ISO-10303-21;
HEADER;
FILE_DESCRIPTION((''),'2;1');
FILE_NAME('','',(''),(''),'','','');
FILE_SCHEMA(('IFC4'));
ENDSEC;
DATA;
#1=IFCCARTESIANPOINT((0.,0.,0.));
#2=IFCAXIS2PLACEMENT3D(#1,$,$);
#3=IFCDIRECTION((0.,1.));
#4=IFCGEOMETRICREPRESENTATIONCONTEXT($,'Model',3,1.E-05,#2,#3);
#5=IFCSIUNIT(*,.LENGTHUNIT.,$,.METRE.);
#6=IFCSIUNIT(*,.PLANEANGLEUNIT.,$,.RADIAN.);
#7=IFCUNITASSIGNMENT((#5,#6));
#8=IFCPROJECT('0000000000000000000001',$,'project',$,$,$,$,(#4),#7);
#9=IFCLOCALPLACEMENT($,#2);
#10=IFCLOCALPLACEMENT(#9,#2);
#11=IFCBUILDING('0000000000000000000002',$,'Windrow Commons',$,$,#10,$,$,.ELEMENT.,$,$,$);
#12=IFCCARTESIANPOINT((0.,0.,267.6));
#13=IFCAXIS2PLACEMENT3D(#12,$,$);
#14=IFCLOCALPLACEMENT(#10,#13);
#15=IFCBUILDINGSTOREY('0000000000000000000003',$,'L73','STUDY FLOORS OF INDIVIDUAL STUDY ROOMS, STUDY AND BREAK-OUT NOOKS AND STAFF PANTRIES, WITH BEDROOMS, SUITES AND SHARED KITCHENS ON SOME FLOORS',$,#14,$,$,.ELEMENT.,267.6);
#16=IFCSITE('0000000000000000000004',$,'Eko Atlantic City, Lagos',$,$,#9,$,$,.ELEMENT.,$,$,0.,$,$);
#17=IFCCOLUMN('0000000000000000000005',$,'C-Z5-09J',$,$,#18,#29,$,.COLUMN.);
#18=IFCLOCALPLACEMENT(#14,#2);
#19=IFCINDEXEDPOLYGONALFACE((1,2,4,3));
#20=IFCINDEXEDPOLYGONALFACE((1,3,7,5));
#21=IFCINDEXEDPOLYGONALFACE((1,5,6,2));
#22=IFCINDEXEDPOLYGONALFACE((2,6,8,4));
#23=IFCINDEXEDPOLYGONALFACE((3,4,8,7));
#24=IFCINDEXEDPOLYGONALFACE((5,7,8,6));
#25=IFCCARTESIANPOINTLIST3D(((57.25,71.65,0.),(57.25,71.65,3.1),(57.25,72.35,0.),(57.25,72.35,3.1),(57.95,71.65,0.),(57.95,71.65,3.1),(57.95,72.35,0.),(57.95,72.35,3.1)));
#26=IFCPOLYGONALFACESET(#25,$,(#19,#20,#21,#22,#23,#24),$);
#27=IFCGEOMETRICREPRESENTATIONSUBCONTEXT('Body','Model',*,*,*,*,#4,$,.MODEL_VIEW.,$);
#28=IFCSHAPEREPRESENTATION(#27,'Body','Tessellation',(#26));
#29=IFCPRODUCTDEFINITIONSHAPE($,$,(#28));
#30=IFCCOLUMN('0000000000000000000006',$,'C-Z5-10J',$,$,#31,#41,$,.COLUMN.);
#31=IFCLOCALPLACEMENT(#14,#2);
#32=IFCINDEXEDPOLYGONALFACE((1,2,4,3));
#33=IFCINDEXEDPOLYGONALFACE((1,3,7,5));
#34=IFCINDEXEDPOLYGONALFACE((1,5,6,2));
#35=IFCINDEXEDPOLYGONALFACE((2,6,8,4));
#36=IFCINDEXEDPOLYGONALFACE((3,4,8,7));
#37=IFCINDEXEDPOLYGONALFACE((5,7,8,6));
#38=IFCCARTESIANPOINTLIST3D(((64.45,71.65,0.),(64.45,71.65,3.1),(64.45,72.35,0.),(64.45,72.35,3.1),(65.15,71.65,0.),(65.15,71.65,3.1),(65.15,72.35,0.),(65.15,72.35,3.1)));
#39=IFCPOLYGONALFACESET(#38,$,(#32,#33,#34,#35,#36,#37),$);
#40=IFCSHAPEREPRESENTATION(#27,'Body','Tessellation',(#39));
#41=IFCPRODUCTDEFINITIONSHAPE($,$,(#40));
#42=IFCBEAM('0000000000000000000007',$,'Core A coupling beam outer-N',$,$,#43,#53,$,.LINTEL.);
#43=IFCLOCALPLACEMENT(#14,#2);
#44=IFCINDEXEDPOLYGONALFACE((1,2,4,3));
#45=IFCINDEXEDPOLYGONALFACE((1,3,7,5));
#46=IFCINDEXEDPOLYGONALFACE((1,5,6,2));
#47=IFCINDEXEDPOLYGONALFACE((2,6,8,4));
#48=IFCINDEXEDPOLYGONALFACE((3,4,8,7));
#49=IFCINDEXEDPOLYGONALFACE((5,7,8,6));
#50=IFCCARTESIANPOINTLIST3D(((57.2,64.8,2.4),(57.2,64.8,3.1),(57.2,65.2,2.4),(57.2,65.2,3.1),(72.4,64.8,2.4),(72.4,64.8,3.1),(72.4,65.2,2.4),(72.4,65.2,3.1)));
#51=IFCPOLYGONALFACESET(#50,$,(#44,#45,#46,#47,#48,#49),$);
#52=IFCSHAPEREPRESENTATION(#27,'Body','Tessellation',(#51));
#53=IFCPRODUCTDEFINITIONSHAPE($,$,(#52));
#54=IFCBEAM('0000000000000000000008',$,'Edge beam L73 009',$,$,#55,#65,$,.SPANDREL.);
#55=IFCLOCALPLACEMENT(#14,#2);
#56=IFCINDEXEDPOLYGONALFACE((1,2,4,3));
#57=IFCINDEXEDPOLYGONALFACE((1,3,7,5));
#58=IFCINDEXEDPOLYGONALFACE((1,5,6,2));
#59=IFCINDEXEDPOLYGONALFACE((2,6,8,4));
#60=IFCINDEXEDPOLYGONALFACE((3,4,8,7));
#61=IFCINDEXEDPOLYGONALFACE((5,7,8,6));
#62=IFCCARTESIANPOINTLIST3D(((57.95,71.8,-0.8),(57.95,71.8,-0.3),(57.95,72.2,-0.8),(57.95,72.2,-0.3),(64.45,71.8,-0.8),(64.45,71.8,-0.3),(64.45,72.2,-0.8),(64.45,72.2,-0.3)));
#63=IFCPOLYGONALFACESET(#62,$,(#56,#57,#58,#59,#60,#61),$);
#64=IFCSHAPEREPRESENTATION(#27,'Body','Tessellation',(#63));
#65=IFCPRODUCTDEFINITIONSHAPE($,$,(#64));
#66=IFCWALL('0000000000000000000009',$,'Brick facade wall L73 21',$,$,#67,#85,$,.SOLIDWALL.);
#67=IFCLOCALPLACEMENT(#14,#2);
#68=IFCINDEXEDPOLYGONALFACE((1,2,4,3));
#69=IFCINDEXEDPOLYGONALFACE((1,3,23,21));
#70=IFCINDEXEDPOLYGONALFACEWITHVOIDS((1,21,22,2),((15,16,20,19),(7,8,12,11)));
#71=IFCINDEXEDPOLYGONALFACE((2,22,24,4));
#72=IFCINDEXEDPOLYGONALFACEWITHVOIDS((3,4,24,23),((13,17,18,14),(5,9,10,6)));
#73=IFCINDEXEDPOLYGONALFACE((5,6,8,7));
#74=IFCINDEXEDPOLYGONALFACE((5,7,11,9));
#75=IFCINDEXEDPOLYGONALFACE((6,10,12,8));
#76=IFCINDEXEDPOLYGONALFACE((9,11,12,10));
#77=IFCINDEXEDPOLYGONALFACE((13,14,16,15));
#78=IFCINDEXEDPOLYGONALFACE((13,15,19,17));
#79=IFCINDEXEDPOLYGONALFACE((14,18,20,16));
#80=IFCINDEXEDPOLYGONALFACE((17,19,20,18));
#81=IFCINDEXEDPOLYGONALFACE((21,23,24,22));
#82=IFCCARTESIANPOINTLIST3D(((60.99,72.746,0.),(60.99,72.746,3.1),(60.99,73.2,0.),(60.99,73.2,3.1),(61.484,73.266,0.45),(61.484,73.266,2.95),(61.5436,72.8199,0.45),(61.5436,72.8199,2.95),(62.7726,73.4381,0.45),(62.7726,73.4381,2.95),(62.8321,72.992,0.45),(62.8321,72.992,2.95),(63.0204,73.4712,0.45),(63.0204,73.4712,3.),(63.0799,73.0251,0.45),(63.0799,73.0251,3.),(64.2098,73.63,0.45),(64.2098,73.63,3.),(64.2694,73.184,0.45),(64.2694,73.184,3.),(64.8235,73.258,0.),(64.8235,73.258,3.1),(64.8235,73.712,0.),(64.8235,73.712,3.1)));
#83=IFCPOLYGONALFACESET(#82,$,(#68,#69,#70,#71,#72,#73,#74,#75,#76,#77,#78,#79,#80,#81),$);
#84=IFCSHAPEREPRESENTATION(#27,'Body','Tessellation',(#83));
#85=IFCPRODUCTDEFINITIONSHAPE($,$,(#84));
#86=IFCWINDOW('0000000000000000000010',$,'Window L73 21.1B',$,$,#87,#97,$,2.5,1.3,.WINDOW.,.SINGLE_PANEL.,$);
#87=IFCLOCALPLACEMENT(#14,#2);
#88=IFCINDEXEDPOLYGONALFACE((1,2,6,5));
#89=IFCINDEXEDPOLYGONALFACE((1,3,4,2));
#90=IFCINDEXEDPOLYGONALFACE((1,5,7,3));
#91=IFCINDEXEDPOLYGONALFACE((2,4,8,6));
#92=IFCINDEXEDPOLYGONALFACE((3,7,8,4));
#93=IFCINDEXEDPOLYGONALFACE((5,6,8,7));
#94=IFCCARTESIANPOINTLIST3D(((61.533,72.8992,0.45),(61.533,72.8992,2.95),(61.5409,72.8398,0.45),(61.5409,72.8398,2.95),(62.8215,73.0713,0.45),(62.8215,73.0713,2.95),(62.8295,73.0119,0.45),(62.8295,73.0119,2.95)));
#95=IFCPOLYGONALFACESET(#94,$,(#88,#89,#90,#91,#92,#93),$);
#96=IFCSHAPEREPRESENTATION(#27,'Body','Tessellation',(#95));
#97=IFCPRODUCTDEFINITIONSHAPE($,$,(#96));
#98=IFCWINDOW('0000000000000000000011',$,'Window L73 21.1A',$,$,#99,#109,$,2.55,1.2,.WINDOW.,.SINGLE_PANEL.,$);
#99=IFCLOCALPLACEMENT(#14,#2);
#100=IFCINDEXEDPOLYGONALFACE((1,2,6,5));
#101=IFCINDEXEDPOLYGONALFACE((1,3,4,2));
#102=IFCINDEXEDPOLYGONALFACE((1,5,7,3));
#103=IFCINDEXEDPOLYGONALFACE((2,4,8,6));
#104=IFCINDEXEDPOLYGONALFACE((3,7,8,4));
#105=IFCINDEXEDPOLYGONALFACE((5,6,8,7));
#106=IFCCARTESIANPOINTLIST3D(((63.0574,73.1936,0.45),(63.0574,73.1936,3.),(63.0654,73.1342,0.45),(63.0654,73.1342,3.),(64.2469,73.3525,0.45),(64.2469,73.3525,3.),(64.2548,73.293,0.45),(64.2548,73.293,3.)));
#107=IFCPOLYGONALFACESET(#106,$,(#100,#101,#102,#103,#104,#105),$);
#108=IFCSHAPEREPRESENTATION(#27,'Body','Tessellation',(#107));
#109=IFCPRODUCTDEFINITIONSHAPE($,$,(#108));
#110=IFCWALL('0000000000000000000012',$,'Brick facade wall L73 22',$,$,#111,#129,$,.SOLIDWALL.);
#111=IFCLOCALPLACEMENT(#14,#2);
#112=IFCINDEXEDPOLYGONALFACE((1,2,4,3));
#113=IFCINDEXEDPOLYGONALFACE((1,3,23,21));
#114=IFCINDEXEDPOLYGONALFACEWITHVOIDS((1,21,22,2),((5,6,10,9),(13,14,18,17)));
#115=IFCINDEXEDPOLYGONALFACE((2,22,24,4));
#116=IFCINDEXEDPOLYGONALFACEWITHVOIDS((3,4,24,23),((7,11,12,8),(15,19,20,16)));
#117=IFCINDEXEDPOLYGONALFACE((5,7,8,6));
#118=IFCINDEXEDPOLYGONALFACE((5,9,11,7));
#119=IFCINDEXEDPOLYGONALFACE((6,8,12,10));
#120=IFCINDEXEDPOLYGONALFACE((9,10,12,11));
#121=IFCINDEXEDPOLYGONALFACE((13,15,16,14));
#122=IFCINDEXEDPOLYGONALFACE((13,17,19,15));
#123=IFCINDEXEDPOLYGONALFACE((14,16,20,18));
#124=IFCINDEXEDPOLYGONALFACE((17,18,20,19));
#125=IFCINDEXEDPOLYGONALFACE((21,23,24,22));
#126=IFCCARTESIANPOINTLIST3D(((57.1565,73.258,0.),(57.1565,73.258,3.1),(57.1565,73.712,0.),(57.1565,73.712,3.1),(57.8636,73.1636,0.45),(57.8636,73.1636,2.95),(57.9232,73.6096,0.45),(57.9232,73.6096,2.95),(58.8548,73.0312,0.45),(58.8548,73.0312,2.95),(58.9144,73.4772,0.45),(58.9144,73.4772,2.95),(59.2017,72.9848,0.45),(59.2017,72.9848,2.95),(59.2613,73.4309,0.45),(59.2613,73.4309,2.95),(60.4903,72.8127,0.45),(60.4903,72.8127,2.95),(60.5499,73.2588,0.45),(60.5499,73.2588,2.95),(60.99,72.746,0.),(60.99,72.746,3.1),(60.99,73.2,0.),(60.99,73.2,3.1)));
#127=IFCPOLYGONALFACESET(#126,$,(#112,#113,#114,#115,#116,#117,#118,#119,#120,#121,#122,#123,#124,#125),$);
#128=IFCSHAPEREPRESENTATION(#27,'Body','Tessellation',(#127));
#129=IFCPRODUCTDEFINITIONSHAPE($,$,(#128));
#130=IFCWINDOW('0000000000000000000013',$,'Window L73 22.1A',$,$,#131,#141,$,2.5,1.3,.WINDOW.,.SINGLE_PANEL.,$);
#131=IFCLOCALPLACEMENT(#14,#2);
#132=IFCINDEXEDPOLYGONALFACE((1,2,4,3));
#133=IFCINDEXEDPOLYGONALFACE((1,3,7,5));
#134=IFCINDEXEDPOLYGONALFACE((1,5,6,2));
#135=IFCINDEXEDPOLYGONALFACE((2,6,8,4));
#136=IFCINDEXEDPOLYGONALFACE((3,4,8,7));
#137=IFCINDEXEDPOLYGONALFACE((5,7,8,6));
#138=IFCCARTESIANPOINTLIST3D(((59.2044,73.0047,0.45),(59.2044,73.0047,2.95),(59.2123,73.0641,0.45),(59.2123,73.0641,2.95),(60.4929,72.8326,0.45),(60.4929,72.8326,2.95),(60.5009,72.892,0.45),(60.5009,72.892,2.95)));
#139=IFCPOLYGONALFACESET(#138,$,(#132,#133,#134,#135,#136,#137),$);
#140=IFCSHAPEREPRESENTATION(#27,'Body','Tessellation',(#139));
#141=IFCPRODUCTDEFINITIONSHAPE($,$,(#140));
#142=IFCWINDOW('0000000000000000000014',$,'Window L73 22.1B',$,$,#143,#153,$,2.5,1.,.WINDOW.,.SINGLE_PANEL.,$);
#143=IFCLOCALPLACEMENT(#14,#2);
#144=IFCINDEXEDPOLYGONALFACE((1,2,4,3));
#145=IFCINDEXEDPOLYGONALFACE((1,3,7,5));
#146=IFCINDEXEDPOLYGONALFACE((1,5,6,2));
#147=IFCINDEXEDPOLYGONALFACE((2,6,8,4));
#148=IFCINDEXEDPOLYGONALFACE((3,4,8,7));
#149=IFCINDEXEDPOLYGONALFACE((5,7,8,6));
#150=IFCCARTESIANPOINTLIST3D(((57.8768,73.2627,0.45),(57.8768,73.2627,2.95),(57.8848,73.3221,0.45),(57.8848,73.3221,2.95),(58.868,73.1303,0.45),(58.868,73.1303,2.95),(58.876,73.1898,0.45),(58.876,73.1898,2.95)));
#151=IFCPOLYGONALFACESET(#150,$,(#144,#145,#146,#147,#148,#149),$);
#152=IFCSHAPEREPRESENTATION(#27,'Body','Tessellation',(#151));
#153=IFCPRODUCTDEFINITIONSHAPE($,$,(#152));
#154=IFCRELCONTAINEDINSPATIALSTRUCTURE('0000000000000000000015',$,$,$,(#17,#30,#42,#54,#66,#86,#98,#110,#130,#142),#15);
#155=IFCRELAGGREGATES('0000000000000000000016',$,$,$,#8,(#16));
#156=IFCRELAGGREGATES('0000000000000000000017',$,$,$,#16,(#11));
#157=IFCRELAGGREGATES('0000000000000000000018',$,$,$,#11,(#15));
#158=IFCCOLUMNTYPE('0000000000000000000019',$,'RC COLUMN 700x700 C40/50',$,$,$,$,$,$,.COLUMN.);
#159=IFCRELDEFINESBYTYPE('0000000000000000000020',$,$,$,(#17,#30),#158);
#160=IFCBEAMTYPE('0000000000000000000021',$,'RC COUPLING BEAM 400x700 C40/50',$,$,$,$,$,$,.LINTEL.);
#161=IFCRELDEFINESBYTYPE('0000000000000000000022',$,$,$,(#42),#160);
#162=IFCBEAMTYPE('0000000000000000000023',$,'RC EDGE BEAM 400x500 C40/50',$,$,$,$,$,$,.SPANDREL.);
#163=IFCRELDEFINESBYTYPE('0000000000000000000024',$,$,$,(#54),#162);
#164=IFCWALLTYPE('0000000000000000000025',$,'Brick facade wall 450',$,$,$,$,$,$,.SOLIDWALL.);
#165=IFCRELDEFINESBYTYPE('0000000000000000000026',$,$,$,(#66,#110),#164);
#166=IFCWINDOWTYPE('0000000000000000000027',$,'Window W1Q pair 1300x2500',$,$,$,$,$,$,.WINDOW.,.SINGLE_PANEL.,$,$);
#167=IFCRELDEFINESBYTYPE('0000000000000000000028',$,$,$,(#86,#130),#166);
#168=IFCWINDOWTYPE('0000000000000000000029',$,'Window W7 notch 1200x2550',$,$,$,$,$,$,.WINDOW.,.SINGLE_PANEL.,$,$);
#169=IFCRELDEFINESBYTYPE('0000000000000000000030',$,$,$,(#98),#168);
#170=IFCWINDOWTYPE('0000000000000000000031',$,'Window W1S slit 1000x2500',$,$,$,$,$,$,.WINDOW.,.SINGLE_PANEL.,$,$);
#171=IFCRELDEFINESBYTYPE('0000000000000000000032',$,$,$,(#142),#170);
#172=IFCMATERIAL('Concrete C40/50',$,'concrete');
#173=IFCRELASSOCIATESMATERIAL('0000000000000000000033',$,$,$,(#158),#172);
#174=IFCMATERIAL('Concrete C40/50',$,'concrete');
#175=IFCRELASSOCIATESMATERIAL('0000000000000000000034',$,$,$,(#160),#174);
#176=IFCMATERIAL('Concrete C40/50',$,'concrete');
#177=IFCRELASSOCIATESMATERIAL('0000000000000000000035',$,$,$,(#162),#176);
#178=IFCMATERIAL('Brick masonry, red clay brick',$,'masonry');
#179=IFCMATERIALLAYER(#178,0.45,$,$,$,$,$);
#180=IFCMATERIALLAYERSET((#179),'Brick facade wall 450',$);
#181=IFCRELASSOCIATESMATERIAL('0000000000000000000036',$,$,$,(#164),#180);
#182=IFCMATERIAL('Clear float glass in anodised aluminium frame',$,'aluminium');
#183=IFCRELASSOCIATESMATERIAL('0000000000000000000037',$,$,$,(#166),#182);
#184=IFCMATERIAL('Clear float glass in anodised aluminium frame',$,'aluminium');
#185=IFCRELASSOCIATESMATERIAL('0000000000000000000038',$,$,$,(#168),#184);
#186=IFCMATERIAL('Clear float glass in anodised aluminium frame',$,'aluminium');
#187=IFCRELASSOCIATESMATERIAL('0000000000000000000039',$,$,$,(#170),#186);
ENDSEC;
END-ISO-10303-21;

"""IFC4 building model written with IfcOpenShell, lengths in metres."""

from ifc_helpers import new_model, si_unit, direction, frame, frame_2d, origin, origin_2d, place, context, subcontext, project, spatial, polyline, rectangle, outline, extrude, material, layer, layer_set, material_profile, profile_set, type_object, element, fill, save


model = new_model("IFC4")

# Units and contexts
model_context = context("Model", 3, precision=1e-05, world=origin(), true_north=direction((0.0, 1.0)))
body_context = subcontext(model_context, "Body", "Model", "MODEL_VIEW")
ifc_project = project(units=[si_unit("LENGTHUNIT", "METRE"), si_unit("PLANEANGLEUNIT", "RADIAN")], contexts=[model_context])

# Site, building, storey
site_placement = place(None, origin())
site = spatial("IfcSite", under=ifc_project, at=site_placement, Name="Eko Atlantic City, Lagos", CompositionType="ELEMENT", RefElevation=0.0)
building_placement = place(site_placement, origin())
building = spatial("IfcBuilding", under=site, at=building_placement, Name="Windrow Commons", CompositionType="ELEMENT")
storey_placement = place(building_placement, frame((0.0, 0.0, 267.6)))
storey = spatial("IfcBuildingStorey", under=building, at=storey_placement, Name="L73", Description="STUDY FLOORS OF INDIVIDUAL STUDY ROOMS, STUDY AND BREAK-OUT NOOKS AND STAFF PANTRIES, WITH BEDROOMS, SUITES AND SHARED KITCHENS ON SOME FLOORS", CompositionType="ELEMENT", Elevation=267.6)

# Columns
ifc_material_1 = material(Name="Concrete C40/50", Category="concrete")
ifc_material_profile_1 = material_profile(ifc_material_1, rectangle(XDim=0.7, YDim=0.7, at=origin_2d()))
ifc_profile_set_1 = profile_set([ifc_material_profile_1], Name="Concrete C40/50")
column_type = type_object("IfcColumnType", Name="RC COLUMN 700x700 C40/50", PredefinedType="COLUMN", material=ifc_profile_set_1)
for number, where, z_axis, x_axis, name in (
    (1, (57.6, 72.0, 0.0), (0.0, 0.0, 1.0), (1.0, 0.0, 0.0), "C-Z5-09J"),
    (2, (64.8, 72.0, 0.0), (0.0, 0.0, 1.0), (1.0, 0.0, 0.0), "C-Z5-10J"),
):
    element("IfcColumn", number, at=place(storey_placement, frame(where, z_axis=z_axis, x_axis=x_axis)), inside=storey, type_object=column_type, Name=name, PredefinedType="COLUMN", context=body_context, shape_type="SweptSolid", body=[
        extrude(rectangle(XDim=0.7, YDim=0.7, at=origin_2d()), origin(), (0.0, 0.0, 1.0), 3.1),
    ])

# Beams
ifc_material_2 = material(Name="Concrete C40/50", Category="concrete")
ifc_material_profile_2 = material_profile(ifc_material_2, rectangle(XDim=0.4, YDim=0.7, at=origin_2d()))
ifc_profile_set_2 = profile_set([ifc_material_profile_2], Name="Concrete C40/50")
beam_type_1 = type_object("IfcBeamType", Name="RC COUPLING BEAM 400x700 C40/50", PredefinedType="LINTEL", material=ifc_profile_set_2)
beam_1_placement = place(storey_placement, frame((57.2, 65.0, 2.75), z_axis=(1.0, 0.0, 0.0), x_axis=(0.0, 1.0, 0.0)))
element("IfcBeam", 3, at=beam_1_placement, inside=storey, type_object=beam_type_1, Name="Core A coupling beam outer-N", PredefinedType="LINTEL", context=body_context, shape_type="SweptSolid", body=[
    extrude(rectangle(XDim=0.4, YDim=0.7, at=origin_2d()), origin(), (0.0, 0.0, 1.0), 15.2),
])
ifc_material_3 = material(Name="Concrete C40/50", Category="concrete")
ifc_material_profile_3 = material_profile(ifc_material_3, rectangle(XDim=0.4, YDim=0.5, at=origin_2d()))
ifc_profile_set_3 = profile_set([ifc_material_profile_3], Name="Concrete C40/50")
beam_type_2 = type_object("IfcBeamType", Name="RC EDGE BEAM 400x500 C40/50", PredefinedType="SPANDREL", material=ifc_profile_set_3)
beam_2_placement = place(storey_placement, frame((57.95, 72.0, -0.55), z_axis=(1.0, 0.0, 0.0), x_axis=(0.0, 1.0, 0.0)))
element("IfcBeam", 4, at=beam_2_placement, inside=storey, type_object=beam_type_2, Name="Edge beam L73 009", PredefinedType="SPANDREL", context=body_context, shape_type="SweptSolid", body=[
    extrude(rectangle(XDim=0.4, YDim=0.5, at=origin_2d()), origin(), (0.0, 0.0, 1.0), 6.5),
])

# Walls, openings, windows
ifc_material_4 = material(Name="Brick masonry, red clay brick", Category="masonry")
ifc_layer_1 = layer(ifc_material_4, 0.45)
ifc_layer_set_1 = layer_set([ifc_layer_1], Name="Brick facade wall 450")
wall_type_1 = type_object("IfcWallType", Name="Brick facade wall 450", PredefinedType="SOLIDWALL", material=ifc_layer_set_1)
wall_1_placement = place(storey_placement, frame((64.8235, 73.485, 0.0), z_axis=(0.0, 0.0, 1.0), x_axis=(-0.991199, -0.132384, 0.0)))
wall_1 = element("IfcWall", 5, at=wall_1_placement, inside=storey, type_object=wall_type_1, Name="Brick facade wall L73 21", PredefinedType="SOLIDWALL", context=body_context, shape_type="SweptSolid", body=[
    extrude(outline(polyline([(-0.0301, -0.225), (3.8375, -0.225), (3.8976, 0.225), (0.0301, 0.225), (-0.0301, -0.225)])), origin(), (0.0, 0.0, 1.0), 3.1),
])
opening_1_placement = place(wall_1_placement, frame((0.5891, 0.0, 0.45)))
opening_1 = element("IfcOpeningElement", 6, at=opening_1_placement, cuts=wall_1, PredefinedType="OPENING", context=body_context, shape_type="SweptSolid", body=[
    extrude(rectangle(XDim=1.2, YDim=2.55, at=frame_2d((0.6, 1.275))), frame((0.0, 0.235, 0.0), z_axis=(0.0, -1.0, 0.0), x_axis=(1.0, 0.0, 0.0)), (0.0, 0.0, 1.0), 0.47),
])
opening_2_placement = place(wall_1_placement, frame((2.0391, 0.0, 0.45)))
opening_2 = element("IfcOpeningElement", 7, at=opening_2_placement, cuts=wall_1, PredefinedType="OPENING", context=body_context, shape_type="SweptSolid", body=[
    extrude(rectangle(XDim=1.3, YDim=2.5, at=frame_2d((0.65, 1.25))), frame((0.0, 0.235, 0.0), z_axis=(0.0, -1.0, 0.0), x_axis=(1.0, 0.0, 0.0)), (0.0, 0.0, 1.0), 0.47),
])
ifc_material_5 = material(Name="Clear float glass in anodised aluminium frame", Category="aluminium")
window_type_1 = type_object("IfcWindowType", Name="Window W1Q pair 1300x2500", PartitioningType="SINGLE_PANEL", PredefinedType="WINDOW", material=ifc_material_5)
window_1_placement = place(opening_2_placement, origin())
window_1 = element("IfcWindow", 8, at=window_1_placement, inside=storey, type_object=window_type_1, Name="Window L73 21.1B", OverallHeight=2.5, OverallWidth=1.3, PartitioningType="SINGLE_PANEL", PredefinedType="WINDOW", context=body_context, shape_type="SweptSolid", body=[
    extrude(rectangle(XDim=1.3, YDim=2.5, at=frame_2d((0.65, 1.25))), frame((0.0, 0.205, 0.0), z_axis=(0.0, -1.0, 0.0), x_axis=(1.0, 0.0, 0.0)), (0.0, 0.0, 1.0), 0.06),
])
fill(opening_2, window_1)
ifc_material_6 = material(Name="Clear float glass in anodised aluminium frame", Category="aluminium")
window_type_2 = type_object("IfcWindowType", Name="Window W7 notch 1200x2550", PartitioningType="SINGLE_PANEL", PredefinedType="WINDOW", material=ifc_material_6)
window_2_placement = place(opening_1_placement, origin())
window_2 = element("IfcWindow", 9, at=window_2_placement, inside=storey, type_object=window_type_2, Name="Window L73 21.1A", OverallHeight=2.55, OverallWidth=1.2, PartitioningType="SINGLE_PANEL", PredefinedType="WINDOW", context=body_context, shape_type="SweptSolid", body=[
    extrude(rectangle(XDim=1.2, YDim=2.55, at=frame_2d((0.6, 1.275))), frame((0.0, 0.115, 0.0), z_axis=(0.0, -1.0, 0.0), x_axis=(1.0, 0.0, 0.0)), (0.0, 0.0, 1.0), 0.06),
])
fill(opening_1, window_2)
wall_2_placement = place(storey_placement, frame((60.99, 72.973, 0.0), z_axis=(0.0, 0.0, 1.0), x_axis=(-0.991199, 0.13238, 0.0)))
wall_2 = element("IfcWall", 10, at=wall_2_placement, inside=storey, type_object=wall_type_1, Name="Brick facade wall L73 22", PredefinedType="SOLIDWALL", context=body_context, shape_type="SweptSolid", body=[
    extrude(outline(polyline([(0.0301, -0.225), (3.8976, -0.225), (3.8375, 0.225), (-0.0301, 0.225), (0.0301, -0.225)])), origin(), (0.0, 0.0, 1.0), 3.1),
])
opening_3_placement = place(wall_2_placement, frame((0.4741, 0.0, 0.45)))
opening_3 = element("IfcOpeningElement", 11, at=opening_3_placement, cuts=wall_2, PredefinedType="OPENING", context=body_context, shape_type="SweptSolid", body=[
    extrude(rectangle(XDim=1.3, YDim=2.5, at=frame_2d((0.65, 1.25))), frame((0.0, 0.235, 0.0), z_axis=(0.0, -1.0, 0.0), x_axis=(1.0, 0.0, 0.0)), (0.0, 0.0, 1.0), 0.47),
])
opening_4_placement = place(wall_2_placement, frame((2.1241, 0.0, 0.45)))
opening_4 = element("IfcOpeningElement", 12, at=opening_4_placement, cuts=wall_2, PredefinedType="OPENING", context=body_context, shape_type="SweptSolid", body=[
    extrude(rectangle(XDim=1.0, YDim=2.5, at=frame_2d((0.5, 1.25))), frame((0.0, 0.235, 0.0), z_axis=(0.0, -1.0, 0.0), x_axis=(1.0, 0.0, 0.0)), (0.0, 0.0, 1.0), 0.47),
])
window_3_placement = place(opening_3_placement, origin())
window_3 = element("IfcWindow", 13, at=window_3_placement, inside=storey, type_object=window_type_1, Name="Window L73 22.1A", OverallHeight=2.5, OverallWidth=1.3, PartitioningType="SINGLE_PANEL", PredefinedType="WINDOW", context=body_context, shape_type="SweptSolid", body=[
    extrude(rectangle(XDim=1.3, YDim=2.5, at=frame_2d((0.65, 1.25))), frame((0.0, 0.205, 0.0), z_axis=(0.0, -1.0, 0.0), x_axis=(1.0, 0.0, 0.0)), (0.0, 0.0, 1.0), 0.06),
])
fill(opening_3, window_3)
ifc_material_7 = material(Name="Clear float glass in anodised aluminium frame", Category="aluminium")
window_type_3 = type_object("IfcWindowType", Name="Window W1S slit 1000x2500", PartitioningType="SINGLE_PANEL", PredefinedType="WINDOW", material=ifc_material_7)
window_4_placement = place(opening_4_placement, origin())
window_4 = element("IfcWindow", 14, at=window_4_placement, inside=storey, type_object=window_type_3, Name="Window L73 22.1B", OverallHeight=2.5, OverallWidth=1.0, PartitioningType="SINGLE_PANEL", PredefinedType="WINDOW", context=body_context, shape_type="SweptSolid", body=[
    extrude(rectangle(XDim=1.0, YDim=2.5, at=frame_2d((0.5, 1.25))), frame((0.0, 0.125, 0.0), z_axis=(0.0, -1.0, 0.0), x_axis=(1.0, 0.0, 0.0)), (0.0, 0.0, 1.0), 0.06),
])
fill(opening_4, window_4)

save(model, "model.ifc")
